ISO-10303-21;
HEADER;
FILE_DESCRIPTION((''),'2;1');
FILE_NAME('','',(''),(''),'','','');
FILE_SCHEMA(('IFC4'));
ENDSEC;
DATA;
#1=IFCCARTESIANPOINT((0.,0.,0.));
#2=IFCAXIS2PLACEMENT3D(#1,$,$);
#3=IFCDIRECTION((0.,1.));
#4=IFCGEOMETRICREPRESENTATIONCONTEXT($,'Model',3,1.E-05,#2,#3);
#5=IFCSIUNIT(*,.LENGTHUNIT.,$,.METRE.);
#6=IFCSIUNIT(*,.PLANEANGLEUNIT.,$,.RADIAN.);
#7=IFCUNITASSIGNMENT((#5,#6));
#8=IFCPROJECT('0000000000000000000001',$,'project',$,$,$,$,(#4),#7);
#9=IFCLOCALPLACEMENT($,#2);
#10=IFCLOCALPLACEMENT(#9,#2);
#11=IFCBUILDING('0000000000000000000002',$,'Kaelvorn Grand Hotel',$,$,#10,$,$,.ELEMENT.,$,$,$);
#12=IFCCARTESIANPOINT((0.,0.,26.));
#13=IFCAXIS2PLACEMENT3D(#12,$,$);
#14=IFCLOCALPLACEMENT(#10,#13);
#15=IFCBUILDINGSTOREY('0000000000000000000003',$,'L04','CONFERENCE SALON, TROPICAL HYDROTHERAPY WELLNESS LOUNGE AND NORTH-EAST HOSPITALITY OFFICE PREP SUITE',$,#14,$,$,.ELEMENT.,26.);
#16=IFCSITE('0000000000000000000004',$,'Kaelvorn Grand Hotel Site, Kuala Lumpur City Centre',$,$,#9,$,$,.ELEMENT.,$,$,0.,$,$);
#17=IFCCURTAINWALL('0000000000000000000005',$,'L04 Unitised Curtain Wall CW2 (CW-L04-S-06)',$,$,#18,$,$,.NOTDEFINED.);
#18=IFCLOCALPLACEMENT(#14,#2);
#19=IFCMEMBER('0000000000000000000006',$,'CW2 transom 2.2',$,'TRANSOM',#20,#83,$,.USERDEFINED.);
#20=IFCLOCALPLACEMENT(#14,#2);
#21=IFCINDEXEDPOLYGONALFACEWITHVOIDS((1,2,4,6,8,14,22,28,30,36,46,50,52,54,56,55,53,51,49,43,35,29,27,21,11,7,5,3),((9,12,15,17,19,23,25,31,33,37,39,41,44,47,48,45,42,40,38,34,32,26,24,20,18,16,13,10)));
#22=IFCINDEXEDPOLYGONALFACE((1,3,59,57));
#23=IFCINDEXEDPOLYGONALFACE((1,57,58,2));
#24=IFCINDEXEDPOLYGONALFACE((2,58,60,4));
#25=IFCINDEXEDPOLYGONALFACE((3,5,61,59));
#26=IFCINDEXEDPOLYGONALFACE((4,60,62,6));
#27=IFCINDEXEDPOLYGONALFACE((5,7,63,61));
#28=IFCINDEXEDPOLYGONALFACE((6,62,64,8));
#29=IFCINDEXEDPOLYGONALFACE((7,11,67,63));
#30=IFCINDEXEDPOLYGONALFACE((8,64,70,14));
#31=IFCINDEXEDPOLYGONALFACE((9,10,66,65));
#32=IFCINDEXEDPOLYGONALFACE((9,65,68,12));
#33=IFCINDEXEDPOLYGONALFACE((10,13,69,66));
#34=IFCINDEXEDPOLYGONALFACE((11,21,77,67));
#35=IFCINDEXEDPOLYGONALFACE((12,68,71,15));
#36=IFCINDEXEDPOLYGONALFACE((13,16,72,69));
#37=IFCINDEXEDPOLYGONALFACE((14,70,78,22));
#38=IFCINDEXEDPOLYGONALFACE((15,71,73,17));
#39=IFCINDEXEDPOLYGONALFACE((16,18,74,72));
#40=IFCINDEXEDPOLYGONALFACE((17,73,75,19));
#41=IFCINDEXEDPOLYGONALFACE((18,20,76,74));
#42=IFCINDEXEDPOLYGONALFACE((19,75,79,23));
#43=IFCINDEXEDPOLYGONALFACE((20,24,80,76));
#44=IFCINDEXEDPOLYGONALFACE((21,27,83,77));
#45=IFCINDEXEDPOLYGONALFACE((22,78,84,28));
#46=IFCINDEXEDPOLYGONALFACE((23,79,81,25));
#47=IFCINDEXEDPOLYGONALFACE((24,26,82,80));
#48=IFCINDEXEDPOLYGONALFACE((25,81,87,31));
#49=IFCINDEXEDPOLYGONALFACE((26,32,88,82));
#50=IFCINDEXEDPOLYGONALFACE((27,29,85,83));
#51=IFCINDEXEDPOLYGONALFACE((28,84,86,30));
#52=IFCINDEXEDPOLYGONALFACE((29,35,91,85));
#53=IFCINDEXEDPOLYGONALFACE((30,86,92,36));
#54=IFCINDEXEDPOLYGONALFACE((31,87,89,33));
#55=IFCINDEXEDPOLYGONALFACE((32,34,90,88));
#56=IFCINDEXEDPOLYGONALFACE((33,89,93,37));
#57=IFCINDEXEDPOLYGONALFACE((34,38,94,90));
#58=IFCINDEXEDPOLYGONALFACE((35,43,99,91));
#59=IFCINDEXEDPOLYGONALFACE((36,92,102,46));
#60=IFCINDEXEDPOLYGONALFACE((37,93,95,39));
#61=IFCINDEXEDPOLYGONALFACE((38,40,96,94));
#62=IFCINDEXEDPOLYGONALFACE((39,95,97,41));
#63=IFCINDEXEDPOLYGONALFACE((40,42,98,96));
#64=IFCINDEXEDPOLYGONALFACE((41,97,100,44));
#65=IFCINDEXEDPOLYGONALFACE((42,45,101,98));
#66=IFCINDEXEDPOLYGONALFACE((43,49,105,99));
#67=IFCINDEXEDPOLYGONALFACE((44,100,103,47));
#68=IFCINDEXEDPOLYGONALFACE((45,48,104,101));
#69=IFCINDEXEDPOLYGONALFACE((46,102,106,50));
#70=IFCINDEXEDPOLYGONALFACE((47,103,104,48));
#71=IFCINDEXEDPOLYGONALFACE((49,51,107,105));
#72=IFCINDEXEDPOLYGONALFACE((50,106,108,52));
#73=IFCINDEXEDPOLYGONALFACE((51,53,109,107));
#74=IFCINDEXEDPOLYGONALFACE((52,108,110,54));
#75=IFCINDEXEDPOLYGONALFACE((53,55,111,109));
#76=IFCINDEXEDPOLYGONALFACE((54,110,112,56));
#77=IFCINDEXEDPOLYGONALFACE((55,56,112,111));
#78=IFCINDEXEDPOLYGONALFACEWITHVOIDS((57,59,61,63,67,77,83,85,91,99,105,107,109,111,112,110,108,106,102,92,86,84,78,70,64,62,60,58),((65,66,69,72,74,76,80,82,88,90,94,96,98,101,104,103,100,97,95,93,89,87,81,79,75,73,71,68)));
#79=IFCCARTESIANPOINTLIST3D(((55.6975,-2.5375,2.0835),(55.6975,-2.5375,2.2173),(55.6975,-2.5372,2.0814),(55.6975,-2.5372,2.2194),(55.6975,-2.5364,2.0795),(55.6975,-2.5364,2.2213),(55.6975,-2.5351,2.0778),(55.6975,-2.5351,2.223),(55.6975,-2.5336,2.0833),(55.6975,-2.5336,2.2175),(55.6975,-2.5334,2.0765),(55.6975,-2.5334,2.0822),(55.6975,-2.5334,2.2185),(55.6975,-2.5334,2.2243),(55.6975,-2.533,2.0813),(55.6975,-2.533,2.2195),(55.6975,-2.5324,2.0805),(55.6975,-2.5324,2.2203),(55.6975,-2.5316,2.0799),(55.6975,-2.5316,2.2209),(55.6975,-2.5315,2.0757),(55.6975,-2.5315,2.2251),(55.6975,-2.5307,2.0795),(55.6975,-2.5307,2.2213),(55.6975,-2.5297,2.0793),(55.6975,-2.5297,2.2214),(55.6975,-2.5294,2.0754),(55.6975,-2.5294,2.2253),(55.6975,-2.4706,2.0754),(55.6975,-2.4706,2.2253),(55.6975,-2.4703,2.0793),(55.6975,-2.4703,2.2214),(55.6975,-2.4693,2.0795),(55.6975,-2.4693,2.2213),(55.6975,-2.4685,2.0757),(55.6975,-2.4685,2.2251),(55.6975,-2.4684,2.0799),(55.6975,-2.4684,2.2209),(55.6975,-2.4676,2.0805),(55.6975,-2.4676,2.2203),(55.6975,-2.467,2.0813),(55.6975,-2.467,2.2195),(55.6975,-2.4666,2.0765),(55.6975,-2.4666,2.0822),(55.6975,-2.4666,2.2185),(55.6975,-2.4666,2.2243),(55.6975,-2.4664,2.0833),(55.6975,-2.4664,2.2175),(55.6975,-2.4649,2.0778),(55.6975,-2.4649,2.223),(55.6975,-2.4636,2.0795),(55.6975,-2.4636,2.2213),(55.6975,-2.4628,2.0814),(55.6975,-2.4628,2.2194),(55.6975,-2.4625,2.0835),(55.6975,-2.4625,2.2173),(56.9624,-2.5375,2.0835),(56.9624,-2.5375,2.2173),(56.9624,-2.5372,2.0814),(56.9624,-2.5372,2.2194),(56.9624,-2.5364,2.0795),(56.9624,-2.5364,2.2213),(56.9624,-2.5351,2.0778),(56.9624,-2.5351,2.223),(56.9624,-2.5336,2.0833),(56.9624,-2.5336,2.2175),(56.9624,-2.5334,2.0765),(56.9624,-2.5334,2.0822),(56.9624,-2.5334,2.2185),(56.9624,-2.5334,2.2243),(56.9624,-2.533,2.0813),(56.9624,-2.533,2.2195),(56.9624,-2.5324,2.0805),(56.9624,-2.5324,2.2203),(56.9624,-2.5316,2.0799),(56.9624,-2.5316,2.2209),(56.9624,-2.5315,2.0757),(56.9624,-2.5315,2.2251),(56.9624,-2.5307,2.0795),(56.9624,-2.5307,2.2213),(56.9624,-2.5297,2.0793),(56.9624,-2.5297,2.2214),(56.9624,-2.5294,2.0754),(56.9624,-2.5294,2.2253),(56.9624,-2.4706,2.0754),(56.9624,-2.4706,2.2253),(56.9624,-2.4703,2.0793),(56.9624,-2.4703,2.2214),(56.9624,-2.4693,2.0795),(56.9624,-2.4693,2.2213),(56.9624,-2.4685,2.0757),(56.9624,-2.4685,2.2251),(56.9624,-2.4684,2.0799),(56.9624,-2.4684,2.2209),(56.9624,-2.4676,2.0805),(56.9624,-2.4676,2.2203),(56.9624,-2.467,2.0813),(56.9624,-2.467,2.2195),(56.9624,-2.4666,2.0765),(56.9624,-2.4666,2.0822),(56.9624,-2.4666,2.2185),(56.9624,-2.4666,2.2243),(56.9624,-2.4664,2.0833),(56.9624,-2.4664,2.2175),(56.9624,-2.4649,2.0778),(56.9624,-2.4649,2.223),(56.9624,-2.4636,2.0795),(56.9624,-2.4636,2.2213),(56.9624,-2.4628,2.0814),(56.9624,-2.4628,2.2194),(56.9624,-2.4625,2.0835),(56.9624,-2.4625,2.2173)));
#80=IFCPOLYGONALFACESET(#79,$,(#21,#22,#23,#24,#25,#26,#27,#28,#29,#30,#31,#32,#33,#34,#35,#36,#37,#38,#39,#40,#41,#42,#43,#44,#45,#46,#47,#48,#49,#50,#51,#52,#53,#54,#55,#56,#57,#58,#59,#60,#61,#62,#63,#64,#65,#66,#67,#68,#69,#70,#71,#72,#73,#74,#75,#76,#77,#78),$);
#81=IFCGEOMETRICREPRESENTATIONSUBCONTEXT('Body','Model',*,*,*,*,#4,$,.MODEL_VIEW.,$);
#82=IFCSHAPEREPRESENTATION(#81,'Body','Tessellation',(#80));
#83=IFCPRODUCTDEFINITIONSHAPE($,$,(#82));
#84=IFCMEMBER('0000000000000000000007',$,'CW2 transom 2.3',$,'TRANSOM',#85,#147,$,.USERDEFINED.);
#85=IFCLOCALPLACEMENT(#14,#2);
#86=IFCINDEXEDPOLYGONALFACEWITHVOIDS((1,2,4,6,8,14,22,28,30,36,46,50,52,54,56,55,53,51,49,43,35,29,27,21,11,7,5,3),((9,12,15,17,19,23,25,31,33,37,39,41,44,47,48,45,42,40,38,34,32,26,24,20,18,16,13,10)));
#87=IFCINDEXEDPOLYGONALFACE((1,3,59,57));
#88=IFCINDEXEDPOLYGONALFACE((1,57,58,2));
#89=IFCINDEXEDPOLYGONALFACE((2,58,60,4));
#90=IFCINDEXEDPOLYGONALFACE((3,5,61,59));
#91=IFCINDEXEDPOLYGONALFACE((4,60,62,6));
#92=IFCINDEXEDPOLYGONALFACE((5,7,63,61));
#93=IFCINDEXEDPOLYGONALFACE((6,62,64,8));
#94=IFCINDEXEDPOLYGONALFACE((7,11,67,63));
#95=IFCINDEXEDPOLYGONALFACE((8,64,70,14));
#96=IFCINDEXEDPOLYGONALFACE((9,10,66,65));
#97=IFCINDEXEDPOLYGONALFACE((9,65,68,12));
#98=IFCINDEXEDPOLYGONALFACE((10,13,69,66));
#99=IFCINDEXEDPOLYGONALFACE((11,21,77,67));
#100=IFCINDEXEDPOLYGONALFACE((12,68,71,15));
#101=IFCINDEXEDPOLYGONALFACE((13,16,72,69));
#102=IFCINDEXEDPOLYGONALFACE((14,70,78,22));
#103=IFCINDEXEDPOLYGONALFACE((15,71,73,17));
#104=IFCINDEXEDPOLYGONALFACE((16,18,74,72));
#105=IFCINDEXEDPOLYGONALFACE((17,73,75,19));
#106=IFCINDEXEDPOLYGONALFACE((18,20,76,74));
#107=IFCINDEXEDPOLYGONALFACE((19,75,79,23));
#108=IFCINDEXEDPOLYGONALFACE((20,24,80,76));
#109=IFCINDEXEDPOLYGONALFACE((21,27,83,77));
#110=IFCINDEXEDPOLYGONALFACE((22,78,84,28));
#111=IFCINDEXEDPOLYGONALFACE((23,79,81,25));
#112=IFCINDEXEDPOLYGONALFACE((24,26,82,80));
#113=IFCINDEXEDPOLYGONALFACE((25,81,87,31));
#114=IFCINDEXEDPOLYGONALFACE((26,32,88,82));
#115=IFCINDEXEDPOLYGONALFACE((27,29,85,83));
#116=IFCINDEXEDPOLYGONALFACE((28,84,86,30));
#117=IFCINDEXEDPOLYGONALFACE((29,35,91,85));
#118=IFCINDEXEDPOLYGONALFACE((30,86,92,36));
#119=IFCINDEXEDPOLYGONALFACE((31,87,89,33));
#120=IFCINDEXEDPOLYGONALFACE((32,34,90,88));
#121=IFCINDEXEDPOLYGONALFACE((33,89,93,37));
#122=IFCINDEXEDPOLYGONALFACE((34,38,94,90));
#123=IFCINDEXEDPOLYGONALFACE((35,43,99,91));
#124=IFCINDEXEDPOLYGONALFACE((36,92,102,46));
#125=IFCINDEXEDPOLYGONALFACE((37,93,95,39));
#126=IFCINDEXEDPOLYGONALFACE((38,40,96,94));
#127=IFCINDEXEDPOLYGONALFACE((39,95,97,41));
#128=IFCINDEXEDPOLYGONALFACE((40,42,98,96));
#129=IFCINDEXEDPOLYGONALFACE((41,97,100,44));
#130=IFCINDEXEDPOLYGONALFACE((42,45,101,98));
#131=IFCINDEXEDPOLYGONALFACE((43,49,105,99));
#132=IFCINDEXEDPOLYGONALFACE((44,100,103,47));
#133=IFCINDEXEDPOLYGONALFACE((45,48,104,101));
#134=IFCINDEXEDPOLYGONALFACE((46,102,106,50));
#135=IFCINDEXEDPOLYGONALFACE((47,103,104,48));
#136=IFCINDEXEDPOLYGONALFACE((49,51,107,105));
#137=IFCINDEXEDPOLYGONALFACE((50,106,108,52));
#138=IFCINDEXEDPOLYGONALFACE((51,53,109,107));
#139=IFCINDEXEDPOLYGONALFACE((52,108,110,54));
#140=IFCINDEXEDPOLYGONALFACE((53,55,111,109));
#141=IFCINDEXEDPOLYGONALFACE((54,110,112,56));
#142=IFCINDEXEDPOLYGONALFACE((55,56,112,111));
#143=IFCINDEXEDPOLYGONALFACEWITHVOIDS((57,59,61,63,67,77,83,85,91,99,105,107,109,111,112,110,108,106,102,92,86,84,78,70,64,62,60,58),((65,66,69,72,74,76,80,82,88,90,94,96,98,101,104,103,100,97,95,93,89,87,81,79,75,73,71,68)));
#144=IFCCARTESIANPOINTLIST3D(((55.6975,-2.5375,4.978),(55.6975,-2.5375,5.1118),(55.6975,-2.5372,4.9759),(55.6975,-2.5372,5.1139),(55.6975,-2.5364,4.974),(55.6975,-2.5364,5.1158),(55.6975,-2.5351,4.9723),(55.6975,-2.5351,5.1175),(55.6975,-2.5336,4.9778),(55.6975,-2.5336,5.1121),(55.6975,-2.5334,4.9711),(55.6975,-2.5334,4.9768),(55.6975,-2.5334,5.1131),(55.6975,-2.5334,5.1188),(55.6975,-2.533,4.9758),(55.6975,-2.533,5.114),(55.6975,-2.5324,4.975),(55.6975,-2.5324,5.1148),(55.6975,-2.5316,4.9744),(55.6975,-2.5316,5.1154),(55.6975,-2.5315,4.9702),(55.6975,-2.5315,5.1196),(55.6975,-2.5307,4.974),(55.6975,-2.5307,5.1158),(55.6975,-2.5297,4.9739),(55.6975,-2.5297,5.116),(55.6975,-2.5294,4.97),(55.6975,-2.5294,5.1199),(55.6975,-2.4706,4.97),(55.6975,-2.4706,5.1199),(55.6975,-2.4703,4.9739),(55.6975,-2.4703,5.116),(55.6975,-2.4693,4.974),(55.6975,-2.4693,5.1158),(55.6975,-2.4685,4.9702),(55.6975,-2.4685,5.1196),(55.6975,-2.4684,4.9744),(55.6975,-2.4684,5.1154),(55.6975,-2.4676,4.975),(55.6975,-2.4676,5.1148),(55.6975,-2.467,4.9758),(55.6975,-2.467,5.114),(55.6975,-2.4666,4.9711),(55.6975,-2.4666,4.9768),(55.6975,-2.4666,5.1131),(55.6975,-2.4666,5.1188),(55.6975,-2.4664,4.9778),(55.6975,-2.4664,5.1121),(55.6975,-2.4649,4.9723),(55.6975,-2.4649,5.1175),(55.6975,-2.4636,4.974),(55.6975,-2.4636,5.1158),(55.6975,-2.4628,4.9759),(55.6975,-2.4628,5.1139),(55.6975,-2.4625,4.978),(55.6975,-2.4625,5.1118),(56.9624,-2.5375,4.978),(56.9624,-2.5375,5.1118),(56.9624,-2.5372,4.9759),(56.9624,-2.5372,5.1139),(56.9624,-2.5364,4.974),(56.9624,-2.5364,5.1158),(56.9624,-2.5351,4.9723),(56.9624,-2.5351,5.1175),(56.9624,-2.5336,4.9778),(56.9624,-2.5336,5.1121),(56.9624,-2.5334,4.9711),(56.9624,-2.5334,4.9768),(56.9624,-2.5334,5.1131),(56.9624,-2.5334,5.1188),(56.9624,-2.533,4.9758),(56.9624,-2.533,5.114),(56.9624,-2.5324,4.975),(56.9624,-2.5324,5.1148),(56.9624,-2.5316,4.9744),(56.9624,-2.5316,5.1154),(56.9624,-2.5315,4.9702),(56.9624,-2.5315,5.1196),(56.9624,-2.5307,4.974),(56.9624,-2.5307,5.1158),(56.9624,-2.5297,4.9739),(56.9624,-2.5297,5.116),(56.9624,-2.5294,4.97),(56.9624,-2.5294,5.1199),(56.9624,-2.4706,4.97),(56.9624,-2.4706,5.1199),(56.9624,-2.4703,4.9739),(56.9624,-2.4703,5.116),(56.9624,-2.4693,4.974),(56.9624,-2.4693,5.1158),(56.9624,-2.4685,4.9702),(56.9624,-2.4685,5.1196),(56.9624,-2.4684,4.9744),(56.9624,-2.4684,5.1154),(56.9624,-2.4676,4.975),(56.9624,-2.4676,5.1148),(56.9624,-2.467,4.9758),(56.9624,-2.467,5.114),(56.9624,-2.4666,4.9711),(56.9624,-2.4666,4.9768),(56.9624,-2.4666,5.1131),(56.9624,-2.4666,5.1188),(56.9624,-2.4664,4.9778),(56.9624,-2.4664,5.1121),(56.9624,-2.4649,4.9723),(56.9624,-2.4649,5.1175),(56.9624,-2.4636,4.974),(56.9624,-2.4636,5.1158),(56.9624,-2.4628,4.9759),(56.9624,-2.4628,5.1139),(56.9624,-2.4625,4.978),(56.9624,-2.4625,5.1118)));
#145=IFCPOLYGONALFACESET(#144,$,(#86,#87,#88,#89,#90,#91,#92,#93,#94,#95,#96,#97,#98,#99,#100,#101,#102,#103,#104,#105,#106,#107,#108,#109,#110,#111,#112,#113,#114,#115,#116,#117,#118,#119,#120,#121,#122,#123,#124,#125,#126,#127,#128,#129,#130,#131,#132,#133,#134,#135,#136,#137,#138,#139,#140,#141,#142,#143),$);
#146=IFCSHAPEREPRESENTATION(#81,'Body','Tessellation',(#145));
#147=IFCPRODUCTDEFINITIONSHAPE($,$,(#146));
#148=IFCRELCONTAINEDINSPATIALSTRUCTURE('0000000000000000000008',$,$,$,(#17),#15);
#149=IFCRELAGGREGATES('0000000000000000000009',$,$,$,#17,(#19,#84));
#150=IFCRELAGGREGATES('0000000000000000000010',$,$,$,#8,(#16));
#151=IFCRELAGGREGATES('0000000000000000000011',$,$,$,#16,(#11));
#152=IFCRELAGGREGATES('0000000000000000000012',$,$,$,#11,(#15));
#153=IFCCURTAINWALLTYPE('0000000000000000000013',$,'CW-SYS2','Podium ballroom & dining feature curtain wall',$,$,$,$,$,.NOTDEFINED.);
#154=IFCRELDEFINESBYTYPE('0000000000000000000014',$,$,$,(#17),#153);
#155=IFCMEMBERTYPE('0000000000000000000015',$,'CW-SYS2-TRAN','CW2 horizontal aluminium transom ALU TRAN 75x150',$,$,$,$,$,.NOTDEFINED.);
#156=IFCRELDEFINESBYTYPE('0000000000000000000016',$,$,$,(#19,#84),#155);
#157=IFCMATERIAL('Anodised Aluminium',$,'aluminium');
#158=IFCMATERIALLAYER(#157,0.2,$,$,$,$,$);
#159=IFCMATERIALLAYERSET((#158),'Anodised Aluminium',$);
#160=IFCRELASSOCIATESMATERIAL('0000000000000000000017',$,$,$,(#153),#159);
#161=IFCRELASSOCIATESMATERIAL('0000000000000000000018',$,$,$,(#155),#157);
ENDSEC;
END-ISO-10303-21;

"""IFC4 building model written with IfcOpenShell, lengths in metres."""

from ifc_helpers import new_model, si_unit, direction, frame, origin, origin_2d, place, context, subcontext, project, spatial, hollow_rectangle, extrude, material, layer, layer_set, material_profile, profile_set, type_object, element, aggregate, save


model = new_model("IFC4")

# Units and contexts
model_context = context("Model", 3, precision=1e-05, world=origin(), true_north=direction((0.0, 1.0)))
body_context = subcontext(model_context, "Body", "Model", "MODEL_VIEW")
ifc_project = project(units=[si_unit("LENGTHUNIT", "METRE"), si_unit("PLANEANGLEUNIT", "RADIAN")], contexts=[model_context])

# Site, building, storey
site_placement = place(None, origin())
site = spatial("IfcSite", under=ifc_project, at=site_placement, Name="Kaelvorn Grand Hotel Site, Kuala Lumpur City Centre", CompositionType="ELEMENT", RefElevation=0.0)
building_placement = place(site_placement, origin())
building = spatial("IfcBuilding", under=site, at=building_placement, Name="Kaelvorn Grand Hotel", CompositionType="ELEMENT")
storey_placement = place(building_placement, frame((0.0, 0.0, 26.0)))
storey = spatial("IfcBuildingStorey", under=building, at=storey_placement, Name="L04", Description="CONFERENCE SALON, TROPICAL HYDROTHERAPY WELLNESS LOUNGE AND NORTH-EAST HOSPITALITY OFFICE PREP SUITE", CompositionType="ELEMENT", Elevation=26.0)

# Curtain wall, members
ifc_material_1 = material(Name="Anodised Aluminium", Category="aluminium")
ifc_layer_1 = layer(ifc_material_1, 0.2)
ifc_layer_set_1 = layer_set([ifc_layer_1], Name="Anodised Aluminium")
curtain_wall_type = type_object("IfcCurtainWallType", Name="CW-SYS2", Description="Podium ballroom & dining feature curtain wall", PredefinedType="NOTDEFINED", material=ifc_layer_set_1)
curtain_wall_placement = place(storey_placement, origin())
curtain_wall = element("IfcCurtainWall", 1, at=curtain_wall_placement, inside=storey, type_object=curtain_wall_type, Name="L04 Unitised Curtain Wall CW2 (CW-L04-S-06)", PredefinedType="NOTDEFINED")
ifc_material_profile_1 = material_profile(ifc_material_1, hollow_rectangle(XDim=0.075, YDim=0.1499, WallThickness=0.0039, InnerFilletRadius=0.0039, OuterFilletRadius=0.0081, at=origin_2d()), Name="ALU TRAN 75x150")
ifc_profile_set_1 = profile_set([ifc_material_profile_1], Name="Anodised Aluminium")
member_type_1 = type_object("IfcMemberType", Name="CW-SYS2-TRAN", Description="CW2 horizontal aluminium transom ALU TRAN 75x150", PredefinedType="NOTDEFINED", material=ifc_profile_set_1)
member_1_placement = place(storey_placement, frame((55.6975, -2.5, 2.1504), z_axis=(1.0, 0.0, 0.0), x_axis=(0.0, 1.0, 0.0)))
member_1 = element("IfcMember", 2, at=member_1_placement, type_object=member_type_1, Name="CW2 transom 2.2", ObjectType="TRANSOM", PredefinedType="USERDEFINED", context=body_context, shape_type="SweptSolid", body=[
    extrude(hollow_rectangle(XDim=0.075, YDim=0.1499, WallThickness=0.0039, InnerFilletRadius=0.0039, OuterFilletRadius=0.0081, at=origin_2d()), origin(), (0.0, 0.0, 1.0), 1.2649),
])
member_2_placement = place(storey_placement, frame((55.6975, -2.5, 5.0449), z_axis=(1.0, 0.0, 0.0), x_axis=(0.0, 1.0, 0.0)))
member_2 = element("IfcMember", 3, at=member_2_placement, type_object=member_type_1, Name="CW2 transom 2.3", ObjectType="TRANSOM", PredefinedType="USERDEFINED", context=body_context, shape_type="SweptSolid", body=[
    extrude(hollow_rectangle(XDim=0.075, YDim=0.1499, WallThickness=0.0039, InnerFilletRadius=0.0039, OuterFilletRadius=0.0081, at=origin_2d()), origin(), (0.0, 0.0, 1.0), 1.2649),
])
aggregate(curtain_wall, [member_1, member_2])

save(model, "model.ifc")
